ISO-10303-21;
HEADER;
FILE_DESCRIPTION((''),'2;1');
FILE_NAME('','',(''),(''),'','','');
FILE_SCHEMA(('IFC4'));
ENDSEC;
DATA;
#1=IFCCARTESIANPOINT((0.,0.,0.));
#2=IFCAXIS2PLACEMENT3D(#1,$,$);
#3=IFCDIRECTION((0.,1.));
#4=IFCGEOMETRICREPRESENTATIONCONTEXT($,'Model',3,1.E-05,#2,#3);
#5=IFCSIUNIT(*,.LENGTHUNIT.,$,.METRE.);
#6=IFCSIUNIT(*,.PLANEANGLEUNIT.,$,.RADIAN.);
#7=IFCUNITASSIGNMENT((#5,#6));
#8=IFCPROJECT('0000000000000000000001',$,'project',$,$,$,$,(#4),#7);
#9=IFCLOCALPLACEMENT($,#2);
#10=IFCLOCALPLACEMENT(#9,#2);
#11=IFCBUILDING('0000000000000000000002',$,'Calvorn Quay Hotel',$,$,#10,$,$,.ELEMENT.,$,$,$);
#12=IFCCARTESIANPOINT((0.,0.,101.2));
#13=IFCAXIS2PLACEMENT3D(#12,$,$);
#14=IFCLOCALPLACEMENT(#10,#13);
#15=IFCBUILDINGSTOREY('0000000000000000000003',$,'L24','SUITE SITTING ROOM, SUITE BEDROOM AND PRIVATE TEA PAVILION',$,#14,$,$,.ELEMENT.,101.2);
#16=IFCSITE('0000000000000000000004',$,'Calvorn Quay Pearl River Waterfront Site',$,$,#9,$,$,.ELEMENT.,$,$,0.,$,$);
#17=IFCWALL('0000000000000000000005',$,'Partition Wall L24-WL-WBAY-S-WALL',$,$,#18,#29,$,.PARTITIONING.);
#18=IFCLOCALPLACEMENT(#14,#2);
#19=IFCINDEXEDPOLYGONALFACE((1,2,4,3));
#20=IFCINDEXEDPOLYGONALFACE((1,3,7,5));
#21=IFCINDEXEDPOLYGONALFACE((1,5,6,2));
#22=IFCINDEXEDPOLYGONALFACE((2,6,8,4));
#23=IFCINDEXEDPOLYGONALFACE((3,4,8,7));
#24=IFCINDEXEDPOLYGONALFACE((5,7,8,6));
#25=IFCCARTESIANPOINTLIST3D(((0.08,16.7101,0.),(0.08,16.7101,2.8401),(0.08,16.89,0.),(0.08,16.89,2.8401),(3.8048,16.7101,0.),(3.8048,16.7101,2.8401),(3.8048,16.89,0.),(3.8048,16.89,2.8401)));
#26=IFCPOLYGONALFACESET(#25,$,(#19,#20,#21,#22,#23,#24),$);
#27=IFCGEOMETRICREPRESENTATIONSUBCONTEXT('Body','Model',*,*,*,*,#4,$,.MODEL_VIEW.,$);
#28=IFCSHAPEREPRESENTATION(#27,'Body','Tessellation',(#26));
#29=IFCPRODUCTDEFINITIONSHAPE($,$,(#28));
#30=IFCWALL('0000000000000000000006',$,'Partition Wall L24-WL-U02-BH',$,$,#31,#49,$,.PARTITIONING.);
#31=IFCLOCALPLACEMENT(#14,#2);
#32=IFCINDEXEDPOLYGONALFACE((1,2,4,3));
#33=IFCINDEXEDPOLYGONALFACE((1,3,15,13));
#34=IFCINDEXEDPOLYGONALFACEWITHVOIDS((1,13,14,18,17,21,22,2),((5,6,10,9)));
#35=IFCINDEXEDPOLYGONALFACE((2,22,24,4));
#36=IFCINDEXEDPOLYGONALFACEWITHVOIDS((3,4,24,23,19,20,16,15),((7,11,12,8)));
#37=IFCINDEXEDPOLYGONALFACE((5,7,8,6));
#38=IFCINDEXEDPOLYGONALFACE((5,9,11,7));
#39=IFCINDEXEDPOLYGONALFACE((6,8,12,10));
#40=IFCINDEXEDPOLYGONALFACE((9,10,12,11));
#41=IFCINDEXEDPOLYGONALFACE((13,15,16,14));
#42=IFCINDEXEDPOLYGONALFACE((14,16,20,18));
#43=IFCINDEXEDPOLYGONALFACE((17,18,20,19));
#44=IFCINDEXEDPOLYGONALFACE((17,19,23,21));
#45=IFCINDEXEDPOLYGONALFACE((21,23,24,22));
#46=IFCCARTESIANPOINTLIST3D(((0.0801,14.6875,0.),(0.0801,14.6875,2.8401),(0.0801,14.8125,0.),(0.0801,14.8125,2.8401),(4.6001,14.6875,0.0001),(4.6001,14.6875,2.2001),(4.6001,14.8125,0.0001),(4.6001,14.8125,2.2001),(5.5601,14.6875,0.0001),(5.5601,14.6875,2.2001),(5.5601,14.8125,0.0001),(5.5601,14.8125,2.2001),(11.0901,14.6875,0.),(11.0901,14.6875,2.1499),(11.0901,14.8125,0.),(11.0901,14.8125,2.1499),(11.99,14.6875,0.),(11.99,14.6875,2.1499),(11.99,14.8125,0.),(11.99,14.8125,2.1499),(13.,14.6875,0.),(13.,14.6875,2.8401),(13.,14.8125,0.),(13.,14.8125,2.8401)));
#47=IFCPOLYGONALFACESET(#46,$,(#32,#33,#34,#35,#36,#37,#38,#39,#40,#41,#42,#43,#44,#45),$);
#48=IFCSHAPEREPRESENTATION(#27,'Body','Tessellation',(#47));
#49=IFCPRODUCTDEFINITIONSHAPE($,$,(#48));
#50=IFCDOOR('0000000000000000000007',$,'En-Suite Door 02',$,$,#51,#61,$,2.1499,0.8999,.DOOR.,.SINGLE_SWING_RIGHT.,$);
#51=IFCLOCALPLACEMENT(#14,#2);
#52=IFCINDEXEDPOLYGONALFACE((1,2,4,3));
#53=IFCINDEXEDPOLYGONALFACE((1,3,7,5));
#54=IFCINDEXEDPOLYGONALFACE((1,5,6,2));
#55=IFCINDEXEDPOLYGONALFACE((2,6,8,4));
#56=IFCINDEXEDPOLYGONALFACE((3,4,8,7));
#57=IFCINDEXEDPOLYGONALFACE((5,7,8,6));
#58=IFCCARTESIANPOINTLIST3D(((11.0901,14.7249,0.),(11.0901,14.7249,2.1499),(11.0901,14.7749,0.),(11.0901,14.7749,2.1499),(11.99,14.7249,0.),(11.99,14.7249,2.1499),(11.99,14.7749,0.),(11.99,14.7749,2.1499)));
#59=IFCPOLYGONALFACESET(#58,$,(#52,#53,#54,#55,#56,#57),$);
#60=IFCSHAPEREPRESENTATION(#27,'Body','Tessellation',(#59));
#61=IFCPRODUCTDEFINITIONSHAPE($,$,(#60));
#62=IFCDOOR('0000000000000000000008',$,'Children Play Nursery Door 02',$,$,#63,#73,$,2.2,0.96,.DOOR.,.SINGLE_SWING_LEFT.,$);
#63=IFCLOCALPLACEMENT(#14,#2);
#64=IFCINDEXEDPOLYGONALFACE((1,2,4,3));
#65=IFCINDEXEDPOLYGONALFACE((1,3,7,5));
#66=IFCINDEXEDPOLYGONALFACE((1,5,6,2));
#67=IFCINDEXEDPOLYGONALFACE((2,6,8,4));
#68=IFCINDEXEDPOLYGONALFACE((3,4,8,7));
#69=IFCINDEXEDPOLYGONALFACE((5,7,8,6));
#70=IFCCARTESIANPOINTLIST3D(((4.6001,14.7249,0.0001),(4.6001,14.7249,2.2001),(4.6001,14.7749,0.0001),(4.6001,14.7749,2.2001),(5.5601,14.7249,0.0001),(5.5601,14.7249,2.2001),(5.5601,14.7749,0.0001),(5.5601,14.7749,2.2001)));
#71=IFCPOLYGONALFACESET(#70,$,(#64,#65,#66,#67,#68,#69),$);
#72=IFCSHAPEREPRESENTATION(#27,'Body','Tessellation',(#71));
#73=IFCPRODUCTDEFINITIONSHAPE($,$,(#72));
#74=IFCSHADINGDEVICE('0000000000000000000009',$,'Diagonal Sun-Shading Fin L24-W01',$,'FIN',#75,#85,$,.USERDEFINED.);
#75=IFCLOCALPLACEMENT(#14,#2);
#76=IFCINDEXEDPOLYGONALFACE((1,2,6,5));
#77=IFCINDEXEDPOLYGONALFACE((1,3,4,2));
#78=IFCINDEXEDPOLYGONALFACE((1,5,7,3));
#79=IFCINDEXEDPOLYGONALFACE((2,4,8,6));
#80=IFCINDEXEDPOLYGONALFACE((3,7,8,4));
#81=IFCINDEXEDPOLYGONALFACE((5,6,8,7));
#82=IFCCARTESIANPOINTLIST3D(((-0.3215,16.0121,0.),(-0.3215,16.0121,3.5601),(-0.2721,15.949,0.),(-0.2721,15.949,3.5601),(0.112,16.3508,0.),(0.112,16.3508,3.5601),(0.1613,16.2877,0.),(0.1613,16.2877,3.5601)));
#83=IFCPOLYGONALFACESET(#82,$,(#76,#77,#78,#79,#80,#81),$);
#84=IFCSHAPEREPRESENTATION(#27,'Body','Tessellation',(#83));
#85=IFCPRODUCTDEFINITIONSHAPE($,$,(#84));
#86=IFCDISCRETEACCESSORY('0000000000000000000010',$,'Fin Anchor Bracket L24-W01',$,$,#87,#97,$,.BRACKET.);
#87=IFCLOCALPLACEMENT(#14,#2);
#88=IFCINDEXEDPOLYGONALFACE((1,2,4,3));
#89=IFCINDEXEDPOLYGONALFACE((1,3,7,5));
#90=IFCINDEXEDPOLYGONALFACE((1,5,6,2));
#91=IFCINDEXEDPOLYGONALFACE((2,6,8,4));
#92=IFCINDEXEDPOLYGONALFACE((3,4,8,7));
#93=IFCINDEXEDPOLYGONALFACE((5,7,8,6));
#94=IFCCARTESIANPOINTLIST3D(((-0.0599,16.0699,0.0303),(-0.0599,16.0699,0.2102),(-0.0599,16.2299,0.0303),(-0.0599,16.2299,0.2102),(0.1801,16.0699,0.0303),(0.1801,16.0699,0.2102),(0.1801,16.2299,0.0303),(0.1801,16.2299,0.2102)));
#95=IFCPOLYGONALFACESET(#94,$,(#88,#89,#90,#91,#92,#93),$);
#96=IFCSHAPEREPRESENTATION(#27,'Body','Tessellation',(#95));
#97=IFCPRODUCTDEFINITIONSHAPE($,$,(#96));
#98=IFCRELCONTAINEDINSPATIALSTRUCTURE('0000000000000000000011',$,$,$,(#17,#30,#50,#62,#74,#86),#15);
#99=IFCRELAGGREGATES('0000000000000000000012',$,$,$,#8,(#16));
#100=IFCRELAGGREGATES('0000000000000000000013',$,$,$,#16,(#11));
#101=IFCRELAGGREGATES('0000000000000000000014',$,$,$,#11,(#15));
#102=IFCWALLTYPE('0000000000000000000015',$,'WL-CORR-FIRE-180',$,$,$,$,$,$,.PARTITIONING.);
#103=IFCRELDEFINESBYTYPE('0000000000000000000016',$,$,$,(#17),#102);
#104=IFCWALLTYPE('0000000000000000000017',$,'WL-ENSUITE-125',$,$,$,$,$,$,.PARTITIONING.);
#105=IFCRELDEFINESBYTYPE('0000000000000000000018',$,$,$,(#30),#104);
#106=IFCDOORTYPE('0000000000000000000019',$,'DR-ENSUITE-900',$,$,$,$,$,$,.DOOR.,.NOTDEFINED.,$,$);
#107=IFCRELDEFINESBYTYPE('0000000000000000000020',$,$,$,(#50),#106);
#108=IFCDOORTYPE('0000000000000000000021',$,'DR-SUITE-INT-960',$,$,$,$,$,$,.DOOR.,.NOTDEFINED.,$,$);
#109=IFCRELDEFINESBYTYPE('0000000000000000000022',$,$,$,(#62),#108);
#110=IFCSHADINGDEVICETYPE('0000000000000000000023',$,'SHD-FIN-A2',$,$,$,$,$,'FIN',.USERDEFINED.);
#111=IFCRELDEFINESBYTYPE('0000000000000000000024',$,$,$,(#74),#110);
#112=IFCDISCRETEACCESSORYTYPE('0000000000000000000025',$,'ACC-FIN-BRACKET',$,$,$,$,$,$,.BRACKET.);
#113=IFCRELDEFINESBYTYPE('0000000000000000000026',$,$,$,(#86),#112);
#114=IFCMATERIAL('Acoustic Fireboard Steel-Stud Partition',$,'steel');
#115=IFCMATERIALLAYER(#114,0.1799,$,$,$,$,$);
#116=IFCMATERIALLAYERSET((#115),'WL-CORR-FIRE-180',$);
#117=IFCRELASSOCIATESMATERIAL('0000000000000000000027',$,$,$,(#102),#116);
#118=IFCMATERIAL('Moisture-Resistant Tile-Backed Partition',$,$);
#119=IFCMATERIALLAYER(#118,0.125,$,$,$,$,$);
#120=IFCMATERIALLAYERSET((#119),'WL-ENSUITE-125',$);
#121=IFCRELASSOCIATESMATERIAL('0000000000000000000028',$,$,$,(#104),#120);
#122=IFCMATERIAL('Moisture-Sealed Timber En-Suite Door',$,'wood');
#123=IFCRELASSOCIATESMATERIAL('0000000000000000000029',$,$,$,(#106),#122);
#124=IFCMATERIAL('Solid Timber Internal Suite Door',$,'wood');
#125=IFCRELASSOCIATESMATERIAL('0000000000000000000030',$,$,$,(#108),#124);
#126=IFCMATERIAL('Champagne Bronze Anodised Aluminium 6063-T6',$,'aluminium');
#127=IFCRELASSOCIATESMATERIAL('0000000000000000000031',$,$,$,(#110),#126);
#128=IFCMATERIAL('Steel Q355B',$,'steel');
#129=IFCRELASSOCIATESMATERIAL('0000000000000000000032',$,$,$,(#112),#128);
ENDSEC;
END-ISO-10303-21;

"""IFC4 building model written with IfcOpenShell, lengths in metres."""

from ifc_helpers import new_model, si_unit, direction, frame, frame_2d, origin, origin_2d, place, context, subcontext, project, spatial, rectangle, extrude, material, layer, layer_set, type_object, element, fill, save


model = new_model("IFC4")

# Units and contexts
model_context = context("Model", 3, precision=1e-05, world=origin(), true_north=direction((0.0, 1.0)))
body_context = subcontext(model_context, "Body", "Model", "MODEL_VIEW")
ifc_project = project(units=[si_unit("LENGTHUNIT", "METRE"), si_unit("PLANEANGLEUNIT", "RADIAN")], contexts=[model_context])

# Site, building, storey
site_placement = place(None, origin())
site = spatial("IfcSite", under=ifc_project, at=site_placement, Name="Calvorn Quay Pearl River Waterfront Site", CompositionType="ELEMENT", RefElevation=0.0)
building_placement = place(site_placement, origin())
building = spatial("IfcBuilding", under=site, at=building_placement, Name="Calvorn Quay Hotel", CompositionType="ELEMENT")
storey_placement = place(building_placement, frame((0.0, 0.0, 101.2)))
storey = spatial("IfcBuildingStorey", under=building, at=storey_placement, Name="L24", Description="SUITE SITTING ROOM, SUITE BEDROOM AND PRIVATE TEA PAVILION", CompositionType="ELEMENT", Elevation=101.2)

# Wall
ifc_material_1 = material(Name="Acoustic Fireboard Steel-Stud Partition", Category="steel")
ifc_layer_1 = layer(ifc_material_1, 0.1799)
ifc_layer_set_1 = layer_set([ifc_layer_1], Name="WL-CORR-FIRE-180")
wall_type_1 = type_object("IfcWallType", Name="WL-CORR-FIRE-180", PredefinedType="PARTITIONING", material=ifc_layer_set_1)
wall_1_placement = place(storey_placement, frame((0.0801, 16.8, 0.0), z_axis=(0.0, 0.0, 1.0), x_axis=(1.0, 0.0, 0.0)))
element("IfcWall", 1, at=wall_1_placement, inside=storey, type_object=wall_type_1, Name="Partition Wall L24-WL-WBAY-S-WALL", PredefinedType="PARTITIONING", context=body_context, shape_type="SweptSolid", body=[
    extrude(rectangle(XDim=3.7249, YDim=0.1799, at=frame_2d((1.8623, 0.0))), origin(), (0.0, 0.0, 1.0), 2.8401),
])

# Wall, openings, doors
ifc_material_2 = material(Name="Moisture-Resistant Tile-Backed Partition")
ifc_layer_2 = layer(ifc_material_2, 0.125)
ifc_layer_set_2 = layer_set([ifc_layer_2], Name="WL-ENSUITE-125")
wall_type_2 = type_object("IfcWallType", Name="WL-ENSUITE-125", PredefinedType="PARTITIONING", material=ifc_layer_set_2)
wall_2_placement = place(storey_placement, frame((0.0801, 14.75, 0.0), z_axis=(0.0, 0.0, 1.0), x_axis=(1.0, 0.0, 0.0)))
wall_2 = element("IfcWall", 2, at=wall_2_placement, inside=storey, type_object=wall_type_2, Name="Partition Wall L24-WL-U02-BH", PredefinedType="PARTITIONING", context=body_context, shape_type="SweptSolid", body=[
    extrude(rectangle(XDim=12.9199, YDim=0.125, at=frame_2d((6.46, 0.0))), origin(), (0.0, 0.0, 1.0), 2.8401),
])
opening_1_placement = place(wall_2_placement, frame((4.52, 0.0, 0.0)))
opening_1 = element("IfcOpeningElement", 3, at=opening_1_placement, cuts=wall_2, PredefinedType="OPENING", context=body_context, shape_type="SweptSolid", body=[
    extrude(rectangle(XDim=0.96, YDim=2.2, at=frame_2d((0.48, 1.1001))), frame((0.0, 0.0725, 0.0), z_axis=(0.0, -1.0, 0.0), x_axis=(1.0, 0.0, 0.0)), (0.0, 0.0, 1.0), 0.145),
])
opening_2_placement = place(wall_2_placement, frame((11.01, 0.0, 0.0)))
opening_2 = element("IfcOpeningElement", 4, at=opening_2_placement, cuts=wall_2, PredefinedType="OPENING", context=body_context, shape_type="SweptSolid", body=[
    extrude(rectangle(XDim=0.8999, YDim=2.1499, at=frame_2d((0.45, 1.075))), frame((0.0, 0.0725, 0.0), z_axis=(0.0, -1.0, 0.0), x_axis=(1.0, 0.0, 0.0)), (0.0, 0.0, 1.0), 0.145),
])
ifc_material_3 = material(Name="Moisture-Sealed Timber En-Suite Door", Category="wood")
door_type_1 = type_object("IfcDoorType", Name="DR-ENSUITE-900", OperationType="NOTDEFINED", PredefinedType="DOOR", material=ifc_material_3)
door_1_placement = place(opening_2_placement, origin())
door_1 = element("IfcDoor", 5, at=door_1_placement, inside=storey, type_object=door_type_1, Name="En-Suite Door 02", OperationType="SINGLE_SWING_RIGHT", OverallHeight=2.1499, OverallWidth=0.8999, PredefinedType="DOOR", context=body_context, shape_type="SweptSolid", body=[
    extrude(rectangle(XDim=0.8999, YDim=2.1499, at=frame_2d((0.45, 1.075))), frame((0.0, 0.0249, 0.0), z_axis=(0.0, -1.0, 0.0), x_axis=(1.0, 0.0, 0.0)), (0.0, 0.0, 1.0), 0.05),
])
fill(opening_2, door_1)
ifc_material_4 = material(Name="Solid Timber Internal Suite Door", Category="wood")
door_type_2 = type_object("IfcDoorType", Name="DR-SUITE-INT-960", OperationType="NOTDEFINED", PredefinedType="DOOR", material=ifc_material_4)
door_2_placement = place(opening_1_placement, origin())
door_2 = element("IfcDoor", 6, at=door_2_placement, inside=storey, type_object=door_type_2, Name="Children Play Nursery Door 02", OperationType="SINGLE_SWING_LEFT", OverallHeight=2.2, OverallWidth=0.96, PredefinedType="DOOR", context=body_context, shape_type="SweptSolid", body=[
    extrude(rectangle(XDim=0.96, YDim=2.2, at=frame_2d((0.48, 1.1001))), frame((0.0, 0.0249, 0.0), z_axis=(0.0, -1.0, 0.0), x_axis=(1.0, 0.0, 0.0)), (0.0, 0.0, 1.0), 0.05),
])
fill(opening_1, door_2)

# Shading device
ifc_material_5 = material(Name="Champagne Bronze Anodised Aluminium 6063-T6", Category="aluminium")
shading_device_type = type_object("IfcShadingDeviceType", Name="SHD-FIN-A2", ElementType="FIN", PredefinedType="USERDEFINED", material=ifc_material_5)
shading_device_placement = place(storey_placement, frame((-0.0801, 16.1499, 0.0), z_axis=(0.0, 0.0, 1.0), x_axis=(0.788011, 0.615661, 0.0)))
element("IfcShadingDevice", 7, at=shading_device_placement, inside=storey, type_object=shading_device_type, Name="Diagonal Sun-Shading Fin L24-W01", ObjectType="FIN", PredefinedType="USERDEFINED", context=body_context, shape_type="SweptSolid", body=[
    extrude(rectangle(XDim=0.55, YDim=0.0801, at=origin_2d()), origin(), (0.0, 0.0, 1.0), 3.5601),
])

# Discrete accessory
ifc_material_6 = material(Name="Steel Q355B", Category="steel")
discrete_accessory_type = type_object("IfcDiscreteAccessoryType", Name="ACC-FIN-BRACKET", PredefinedType="BRACKET", material=ifc_material_6)
discrete_accessory_placement = place(storey_placement, frame((0.0601, 16.1499, 0.0303), z_axis=(0.0, 0.0, 1.0), x_axis=(1.0, 0.0, 0.0)))
element("IfcDiscreteAccessory", 8, at=discrete_accessory_placement, inside=storey, type_object=discrete_accessory_type, Name="Fin Anchor Bracket L24-W01", PredefinedType="BRACKET", context=body_context, shape_type="SweptSolid", body=[
    extrude(rectangle(XDim=0.24, YDim=0.1599, at=origin_2d()), origin(), (0.0, 0.0, 1.0), 0.1799),
])

save(model, "model.ifc")
